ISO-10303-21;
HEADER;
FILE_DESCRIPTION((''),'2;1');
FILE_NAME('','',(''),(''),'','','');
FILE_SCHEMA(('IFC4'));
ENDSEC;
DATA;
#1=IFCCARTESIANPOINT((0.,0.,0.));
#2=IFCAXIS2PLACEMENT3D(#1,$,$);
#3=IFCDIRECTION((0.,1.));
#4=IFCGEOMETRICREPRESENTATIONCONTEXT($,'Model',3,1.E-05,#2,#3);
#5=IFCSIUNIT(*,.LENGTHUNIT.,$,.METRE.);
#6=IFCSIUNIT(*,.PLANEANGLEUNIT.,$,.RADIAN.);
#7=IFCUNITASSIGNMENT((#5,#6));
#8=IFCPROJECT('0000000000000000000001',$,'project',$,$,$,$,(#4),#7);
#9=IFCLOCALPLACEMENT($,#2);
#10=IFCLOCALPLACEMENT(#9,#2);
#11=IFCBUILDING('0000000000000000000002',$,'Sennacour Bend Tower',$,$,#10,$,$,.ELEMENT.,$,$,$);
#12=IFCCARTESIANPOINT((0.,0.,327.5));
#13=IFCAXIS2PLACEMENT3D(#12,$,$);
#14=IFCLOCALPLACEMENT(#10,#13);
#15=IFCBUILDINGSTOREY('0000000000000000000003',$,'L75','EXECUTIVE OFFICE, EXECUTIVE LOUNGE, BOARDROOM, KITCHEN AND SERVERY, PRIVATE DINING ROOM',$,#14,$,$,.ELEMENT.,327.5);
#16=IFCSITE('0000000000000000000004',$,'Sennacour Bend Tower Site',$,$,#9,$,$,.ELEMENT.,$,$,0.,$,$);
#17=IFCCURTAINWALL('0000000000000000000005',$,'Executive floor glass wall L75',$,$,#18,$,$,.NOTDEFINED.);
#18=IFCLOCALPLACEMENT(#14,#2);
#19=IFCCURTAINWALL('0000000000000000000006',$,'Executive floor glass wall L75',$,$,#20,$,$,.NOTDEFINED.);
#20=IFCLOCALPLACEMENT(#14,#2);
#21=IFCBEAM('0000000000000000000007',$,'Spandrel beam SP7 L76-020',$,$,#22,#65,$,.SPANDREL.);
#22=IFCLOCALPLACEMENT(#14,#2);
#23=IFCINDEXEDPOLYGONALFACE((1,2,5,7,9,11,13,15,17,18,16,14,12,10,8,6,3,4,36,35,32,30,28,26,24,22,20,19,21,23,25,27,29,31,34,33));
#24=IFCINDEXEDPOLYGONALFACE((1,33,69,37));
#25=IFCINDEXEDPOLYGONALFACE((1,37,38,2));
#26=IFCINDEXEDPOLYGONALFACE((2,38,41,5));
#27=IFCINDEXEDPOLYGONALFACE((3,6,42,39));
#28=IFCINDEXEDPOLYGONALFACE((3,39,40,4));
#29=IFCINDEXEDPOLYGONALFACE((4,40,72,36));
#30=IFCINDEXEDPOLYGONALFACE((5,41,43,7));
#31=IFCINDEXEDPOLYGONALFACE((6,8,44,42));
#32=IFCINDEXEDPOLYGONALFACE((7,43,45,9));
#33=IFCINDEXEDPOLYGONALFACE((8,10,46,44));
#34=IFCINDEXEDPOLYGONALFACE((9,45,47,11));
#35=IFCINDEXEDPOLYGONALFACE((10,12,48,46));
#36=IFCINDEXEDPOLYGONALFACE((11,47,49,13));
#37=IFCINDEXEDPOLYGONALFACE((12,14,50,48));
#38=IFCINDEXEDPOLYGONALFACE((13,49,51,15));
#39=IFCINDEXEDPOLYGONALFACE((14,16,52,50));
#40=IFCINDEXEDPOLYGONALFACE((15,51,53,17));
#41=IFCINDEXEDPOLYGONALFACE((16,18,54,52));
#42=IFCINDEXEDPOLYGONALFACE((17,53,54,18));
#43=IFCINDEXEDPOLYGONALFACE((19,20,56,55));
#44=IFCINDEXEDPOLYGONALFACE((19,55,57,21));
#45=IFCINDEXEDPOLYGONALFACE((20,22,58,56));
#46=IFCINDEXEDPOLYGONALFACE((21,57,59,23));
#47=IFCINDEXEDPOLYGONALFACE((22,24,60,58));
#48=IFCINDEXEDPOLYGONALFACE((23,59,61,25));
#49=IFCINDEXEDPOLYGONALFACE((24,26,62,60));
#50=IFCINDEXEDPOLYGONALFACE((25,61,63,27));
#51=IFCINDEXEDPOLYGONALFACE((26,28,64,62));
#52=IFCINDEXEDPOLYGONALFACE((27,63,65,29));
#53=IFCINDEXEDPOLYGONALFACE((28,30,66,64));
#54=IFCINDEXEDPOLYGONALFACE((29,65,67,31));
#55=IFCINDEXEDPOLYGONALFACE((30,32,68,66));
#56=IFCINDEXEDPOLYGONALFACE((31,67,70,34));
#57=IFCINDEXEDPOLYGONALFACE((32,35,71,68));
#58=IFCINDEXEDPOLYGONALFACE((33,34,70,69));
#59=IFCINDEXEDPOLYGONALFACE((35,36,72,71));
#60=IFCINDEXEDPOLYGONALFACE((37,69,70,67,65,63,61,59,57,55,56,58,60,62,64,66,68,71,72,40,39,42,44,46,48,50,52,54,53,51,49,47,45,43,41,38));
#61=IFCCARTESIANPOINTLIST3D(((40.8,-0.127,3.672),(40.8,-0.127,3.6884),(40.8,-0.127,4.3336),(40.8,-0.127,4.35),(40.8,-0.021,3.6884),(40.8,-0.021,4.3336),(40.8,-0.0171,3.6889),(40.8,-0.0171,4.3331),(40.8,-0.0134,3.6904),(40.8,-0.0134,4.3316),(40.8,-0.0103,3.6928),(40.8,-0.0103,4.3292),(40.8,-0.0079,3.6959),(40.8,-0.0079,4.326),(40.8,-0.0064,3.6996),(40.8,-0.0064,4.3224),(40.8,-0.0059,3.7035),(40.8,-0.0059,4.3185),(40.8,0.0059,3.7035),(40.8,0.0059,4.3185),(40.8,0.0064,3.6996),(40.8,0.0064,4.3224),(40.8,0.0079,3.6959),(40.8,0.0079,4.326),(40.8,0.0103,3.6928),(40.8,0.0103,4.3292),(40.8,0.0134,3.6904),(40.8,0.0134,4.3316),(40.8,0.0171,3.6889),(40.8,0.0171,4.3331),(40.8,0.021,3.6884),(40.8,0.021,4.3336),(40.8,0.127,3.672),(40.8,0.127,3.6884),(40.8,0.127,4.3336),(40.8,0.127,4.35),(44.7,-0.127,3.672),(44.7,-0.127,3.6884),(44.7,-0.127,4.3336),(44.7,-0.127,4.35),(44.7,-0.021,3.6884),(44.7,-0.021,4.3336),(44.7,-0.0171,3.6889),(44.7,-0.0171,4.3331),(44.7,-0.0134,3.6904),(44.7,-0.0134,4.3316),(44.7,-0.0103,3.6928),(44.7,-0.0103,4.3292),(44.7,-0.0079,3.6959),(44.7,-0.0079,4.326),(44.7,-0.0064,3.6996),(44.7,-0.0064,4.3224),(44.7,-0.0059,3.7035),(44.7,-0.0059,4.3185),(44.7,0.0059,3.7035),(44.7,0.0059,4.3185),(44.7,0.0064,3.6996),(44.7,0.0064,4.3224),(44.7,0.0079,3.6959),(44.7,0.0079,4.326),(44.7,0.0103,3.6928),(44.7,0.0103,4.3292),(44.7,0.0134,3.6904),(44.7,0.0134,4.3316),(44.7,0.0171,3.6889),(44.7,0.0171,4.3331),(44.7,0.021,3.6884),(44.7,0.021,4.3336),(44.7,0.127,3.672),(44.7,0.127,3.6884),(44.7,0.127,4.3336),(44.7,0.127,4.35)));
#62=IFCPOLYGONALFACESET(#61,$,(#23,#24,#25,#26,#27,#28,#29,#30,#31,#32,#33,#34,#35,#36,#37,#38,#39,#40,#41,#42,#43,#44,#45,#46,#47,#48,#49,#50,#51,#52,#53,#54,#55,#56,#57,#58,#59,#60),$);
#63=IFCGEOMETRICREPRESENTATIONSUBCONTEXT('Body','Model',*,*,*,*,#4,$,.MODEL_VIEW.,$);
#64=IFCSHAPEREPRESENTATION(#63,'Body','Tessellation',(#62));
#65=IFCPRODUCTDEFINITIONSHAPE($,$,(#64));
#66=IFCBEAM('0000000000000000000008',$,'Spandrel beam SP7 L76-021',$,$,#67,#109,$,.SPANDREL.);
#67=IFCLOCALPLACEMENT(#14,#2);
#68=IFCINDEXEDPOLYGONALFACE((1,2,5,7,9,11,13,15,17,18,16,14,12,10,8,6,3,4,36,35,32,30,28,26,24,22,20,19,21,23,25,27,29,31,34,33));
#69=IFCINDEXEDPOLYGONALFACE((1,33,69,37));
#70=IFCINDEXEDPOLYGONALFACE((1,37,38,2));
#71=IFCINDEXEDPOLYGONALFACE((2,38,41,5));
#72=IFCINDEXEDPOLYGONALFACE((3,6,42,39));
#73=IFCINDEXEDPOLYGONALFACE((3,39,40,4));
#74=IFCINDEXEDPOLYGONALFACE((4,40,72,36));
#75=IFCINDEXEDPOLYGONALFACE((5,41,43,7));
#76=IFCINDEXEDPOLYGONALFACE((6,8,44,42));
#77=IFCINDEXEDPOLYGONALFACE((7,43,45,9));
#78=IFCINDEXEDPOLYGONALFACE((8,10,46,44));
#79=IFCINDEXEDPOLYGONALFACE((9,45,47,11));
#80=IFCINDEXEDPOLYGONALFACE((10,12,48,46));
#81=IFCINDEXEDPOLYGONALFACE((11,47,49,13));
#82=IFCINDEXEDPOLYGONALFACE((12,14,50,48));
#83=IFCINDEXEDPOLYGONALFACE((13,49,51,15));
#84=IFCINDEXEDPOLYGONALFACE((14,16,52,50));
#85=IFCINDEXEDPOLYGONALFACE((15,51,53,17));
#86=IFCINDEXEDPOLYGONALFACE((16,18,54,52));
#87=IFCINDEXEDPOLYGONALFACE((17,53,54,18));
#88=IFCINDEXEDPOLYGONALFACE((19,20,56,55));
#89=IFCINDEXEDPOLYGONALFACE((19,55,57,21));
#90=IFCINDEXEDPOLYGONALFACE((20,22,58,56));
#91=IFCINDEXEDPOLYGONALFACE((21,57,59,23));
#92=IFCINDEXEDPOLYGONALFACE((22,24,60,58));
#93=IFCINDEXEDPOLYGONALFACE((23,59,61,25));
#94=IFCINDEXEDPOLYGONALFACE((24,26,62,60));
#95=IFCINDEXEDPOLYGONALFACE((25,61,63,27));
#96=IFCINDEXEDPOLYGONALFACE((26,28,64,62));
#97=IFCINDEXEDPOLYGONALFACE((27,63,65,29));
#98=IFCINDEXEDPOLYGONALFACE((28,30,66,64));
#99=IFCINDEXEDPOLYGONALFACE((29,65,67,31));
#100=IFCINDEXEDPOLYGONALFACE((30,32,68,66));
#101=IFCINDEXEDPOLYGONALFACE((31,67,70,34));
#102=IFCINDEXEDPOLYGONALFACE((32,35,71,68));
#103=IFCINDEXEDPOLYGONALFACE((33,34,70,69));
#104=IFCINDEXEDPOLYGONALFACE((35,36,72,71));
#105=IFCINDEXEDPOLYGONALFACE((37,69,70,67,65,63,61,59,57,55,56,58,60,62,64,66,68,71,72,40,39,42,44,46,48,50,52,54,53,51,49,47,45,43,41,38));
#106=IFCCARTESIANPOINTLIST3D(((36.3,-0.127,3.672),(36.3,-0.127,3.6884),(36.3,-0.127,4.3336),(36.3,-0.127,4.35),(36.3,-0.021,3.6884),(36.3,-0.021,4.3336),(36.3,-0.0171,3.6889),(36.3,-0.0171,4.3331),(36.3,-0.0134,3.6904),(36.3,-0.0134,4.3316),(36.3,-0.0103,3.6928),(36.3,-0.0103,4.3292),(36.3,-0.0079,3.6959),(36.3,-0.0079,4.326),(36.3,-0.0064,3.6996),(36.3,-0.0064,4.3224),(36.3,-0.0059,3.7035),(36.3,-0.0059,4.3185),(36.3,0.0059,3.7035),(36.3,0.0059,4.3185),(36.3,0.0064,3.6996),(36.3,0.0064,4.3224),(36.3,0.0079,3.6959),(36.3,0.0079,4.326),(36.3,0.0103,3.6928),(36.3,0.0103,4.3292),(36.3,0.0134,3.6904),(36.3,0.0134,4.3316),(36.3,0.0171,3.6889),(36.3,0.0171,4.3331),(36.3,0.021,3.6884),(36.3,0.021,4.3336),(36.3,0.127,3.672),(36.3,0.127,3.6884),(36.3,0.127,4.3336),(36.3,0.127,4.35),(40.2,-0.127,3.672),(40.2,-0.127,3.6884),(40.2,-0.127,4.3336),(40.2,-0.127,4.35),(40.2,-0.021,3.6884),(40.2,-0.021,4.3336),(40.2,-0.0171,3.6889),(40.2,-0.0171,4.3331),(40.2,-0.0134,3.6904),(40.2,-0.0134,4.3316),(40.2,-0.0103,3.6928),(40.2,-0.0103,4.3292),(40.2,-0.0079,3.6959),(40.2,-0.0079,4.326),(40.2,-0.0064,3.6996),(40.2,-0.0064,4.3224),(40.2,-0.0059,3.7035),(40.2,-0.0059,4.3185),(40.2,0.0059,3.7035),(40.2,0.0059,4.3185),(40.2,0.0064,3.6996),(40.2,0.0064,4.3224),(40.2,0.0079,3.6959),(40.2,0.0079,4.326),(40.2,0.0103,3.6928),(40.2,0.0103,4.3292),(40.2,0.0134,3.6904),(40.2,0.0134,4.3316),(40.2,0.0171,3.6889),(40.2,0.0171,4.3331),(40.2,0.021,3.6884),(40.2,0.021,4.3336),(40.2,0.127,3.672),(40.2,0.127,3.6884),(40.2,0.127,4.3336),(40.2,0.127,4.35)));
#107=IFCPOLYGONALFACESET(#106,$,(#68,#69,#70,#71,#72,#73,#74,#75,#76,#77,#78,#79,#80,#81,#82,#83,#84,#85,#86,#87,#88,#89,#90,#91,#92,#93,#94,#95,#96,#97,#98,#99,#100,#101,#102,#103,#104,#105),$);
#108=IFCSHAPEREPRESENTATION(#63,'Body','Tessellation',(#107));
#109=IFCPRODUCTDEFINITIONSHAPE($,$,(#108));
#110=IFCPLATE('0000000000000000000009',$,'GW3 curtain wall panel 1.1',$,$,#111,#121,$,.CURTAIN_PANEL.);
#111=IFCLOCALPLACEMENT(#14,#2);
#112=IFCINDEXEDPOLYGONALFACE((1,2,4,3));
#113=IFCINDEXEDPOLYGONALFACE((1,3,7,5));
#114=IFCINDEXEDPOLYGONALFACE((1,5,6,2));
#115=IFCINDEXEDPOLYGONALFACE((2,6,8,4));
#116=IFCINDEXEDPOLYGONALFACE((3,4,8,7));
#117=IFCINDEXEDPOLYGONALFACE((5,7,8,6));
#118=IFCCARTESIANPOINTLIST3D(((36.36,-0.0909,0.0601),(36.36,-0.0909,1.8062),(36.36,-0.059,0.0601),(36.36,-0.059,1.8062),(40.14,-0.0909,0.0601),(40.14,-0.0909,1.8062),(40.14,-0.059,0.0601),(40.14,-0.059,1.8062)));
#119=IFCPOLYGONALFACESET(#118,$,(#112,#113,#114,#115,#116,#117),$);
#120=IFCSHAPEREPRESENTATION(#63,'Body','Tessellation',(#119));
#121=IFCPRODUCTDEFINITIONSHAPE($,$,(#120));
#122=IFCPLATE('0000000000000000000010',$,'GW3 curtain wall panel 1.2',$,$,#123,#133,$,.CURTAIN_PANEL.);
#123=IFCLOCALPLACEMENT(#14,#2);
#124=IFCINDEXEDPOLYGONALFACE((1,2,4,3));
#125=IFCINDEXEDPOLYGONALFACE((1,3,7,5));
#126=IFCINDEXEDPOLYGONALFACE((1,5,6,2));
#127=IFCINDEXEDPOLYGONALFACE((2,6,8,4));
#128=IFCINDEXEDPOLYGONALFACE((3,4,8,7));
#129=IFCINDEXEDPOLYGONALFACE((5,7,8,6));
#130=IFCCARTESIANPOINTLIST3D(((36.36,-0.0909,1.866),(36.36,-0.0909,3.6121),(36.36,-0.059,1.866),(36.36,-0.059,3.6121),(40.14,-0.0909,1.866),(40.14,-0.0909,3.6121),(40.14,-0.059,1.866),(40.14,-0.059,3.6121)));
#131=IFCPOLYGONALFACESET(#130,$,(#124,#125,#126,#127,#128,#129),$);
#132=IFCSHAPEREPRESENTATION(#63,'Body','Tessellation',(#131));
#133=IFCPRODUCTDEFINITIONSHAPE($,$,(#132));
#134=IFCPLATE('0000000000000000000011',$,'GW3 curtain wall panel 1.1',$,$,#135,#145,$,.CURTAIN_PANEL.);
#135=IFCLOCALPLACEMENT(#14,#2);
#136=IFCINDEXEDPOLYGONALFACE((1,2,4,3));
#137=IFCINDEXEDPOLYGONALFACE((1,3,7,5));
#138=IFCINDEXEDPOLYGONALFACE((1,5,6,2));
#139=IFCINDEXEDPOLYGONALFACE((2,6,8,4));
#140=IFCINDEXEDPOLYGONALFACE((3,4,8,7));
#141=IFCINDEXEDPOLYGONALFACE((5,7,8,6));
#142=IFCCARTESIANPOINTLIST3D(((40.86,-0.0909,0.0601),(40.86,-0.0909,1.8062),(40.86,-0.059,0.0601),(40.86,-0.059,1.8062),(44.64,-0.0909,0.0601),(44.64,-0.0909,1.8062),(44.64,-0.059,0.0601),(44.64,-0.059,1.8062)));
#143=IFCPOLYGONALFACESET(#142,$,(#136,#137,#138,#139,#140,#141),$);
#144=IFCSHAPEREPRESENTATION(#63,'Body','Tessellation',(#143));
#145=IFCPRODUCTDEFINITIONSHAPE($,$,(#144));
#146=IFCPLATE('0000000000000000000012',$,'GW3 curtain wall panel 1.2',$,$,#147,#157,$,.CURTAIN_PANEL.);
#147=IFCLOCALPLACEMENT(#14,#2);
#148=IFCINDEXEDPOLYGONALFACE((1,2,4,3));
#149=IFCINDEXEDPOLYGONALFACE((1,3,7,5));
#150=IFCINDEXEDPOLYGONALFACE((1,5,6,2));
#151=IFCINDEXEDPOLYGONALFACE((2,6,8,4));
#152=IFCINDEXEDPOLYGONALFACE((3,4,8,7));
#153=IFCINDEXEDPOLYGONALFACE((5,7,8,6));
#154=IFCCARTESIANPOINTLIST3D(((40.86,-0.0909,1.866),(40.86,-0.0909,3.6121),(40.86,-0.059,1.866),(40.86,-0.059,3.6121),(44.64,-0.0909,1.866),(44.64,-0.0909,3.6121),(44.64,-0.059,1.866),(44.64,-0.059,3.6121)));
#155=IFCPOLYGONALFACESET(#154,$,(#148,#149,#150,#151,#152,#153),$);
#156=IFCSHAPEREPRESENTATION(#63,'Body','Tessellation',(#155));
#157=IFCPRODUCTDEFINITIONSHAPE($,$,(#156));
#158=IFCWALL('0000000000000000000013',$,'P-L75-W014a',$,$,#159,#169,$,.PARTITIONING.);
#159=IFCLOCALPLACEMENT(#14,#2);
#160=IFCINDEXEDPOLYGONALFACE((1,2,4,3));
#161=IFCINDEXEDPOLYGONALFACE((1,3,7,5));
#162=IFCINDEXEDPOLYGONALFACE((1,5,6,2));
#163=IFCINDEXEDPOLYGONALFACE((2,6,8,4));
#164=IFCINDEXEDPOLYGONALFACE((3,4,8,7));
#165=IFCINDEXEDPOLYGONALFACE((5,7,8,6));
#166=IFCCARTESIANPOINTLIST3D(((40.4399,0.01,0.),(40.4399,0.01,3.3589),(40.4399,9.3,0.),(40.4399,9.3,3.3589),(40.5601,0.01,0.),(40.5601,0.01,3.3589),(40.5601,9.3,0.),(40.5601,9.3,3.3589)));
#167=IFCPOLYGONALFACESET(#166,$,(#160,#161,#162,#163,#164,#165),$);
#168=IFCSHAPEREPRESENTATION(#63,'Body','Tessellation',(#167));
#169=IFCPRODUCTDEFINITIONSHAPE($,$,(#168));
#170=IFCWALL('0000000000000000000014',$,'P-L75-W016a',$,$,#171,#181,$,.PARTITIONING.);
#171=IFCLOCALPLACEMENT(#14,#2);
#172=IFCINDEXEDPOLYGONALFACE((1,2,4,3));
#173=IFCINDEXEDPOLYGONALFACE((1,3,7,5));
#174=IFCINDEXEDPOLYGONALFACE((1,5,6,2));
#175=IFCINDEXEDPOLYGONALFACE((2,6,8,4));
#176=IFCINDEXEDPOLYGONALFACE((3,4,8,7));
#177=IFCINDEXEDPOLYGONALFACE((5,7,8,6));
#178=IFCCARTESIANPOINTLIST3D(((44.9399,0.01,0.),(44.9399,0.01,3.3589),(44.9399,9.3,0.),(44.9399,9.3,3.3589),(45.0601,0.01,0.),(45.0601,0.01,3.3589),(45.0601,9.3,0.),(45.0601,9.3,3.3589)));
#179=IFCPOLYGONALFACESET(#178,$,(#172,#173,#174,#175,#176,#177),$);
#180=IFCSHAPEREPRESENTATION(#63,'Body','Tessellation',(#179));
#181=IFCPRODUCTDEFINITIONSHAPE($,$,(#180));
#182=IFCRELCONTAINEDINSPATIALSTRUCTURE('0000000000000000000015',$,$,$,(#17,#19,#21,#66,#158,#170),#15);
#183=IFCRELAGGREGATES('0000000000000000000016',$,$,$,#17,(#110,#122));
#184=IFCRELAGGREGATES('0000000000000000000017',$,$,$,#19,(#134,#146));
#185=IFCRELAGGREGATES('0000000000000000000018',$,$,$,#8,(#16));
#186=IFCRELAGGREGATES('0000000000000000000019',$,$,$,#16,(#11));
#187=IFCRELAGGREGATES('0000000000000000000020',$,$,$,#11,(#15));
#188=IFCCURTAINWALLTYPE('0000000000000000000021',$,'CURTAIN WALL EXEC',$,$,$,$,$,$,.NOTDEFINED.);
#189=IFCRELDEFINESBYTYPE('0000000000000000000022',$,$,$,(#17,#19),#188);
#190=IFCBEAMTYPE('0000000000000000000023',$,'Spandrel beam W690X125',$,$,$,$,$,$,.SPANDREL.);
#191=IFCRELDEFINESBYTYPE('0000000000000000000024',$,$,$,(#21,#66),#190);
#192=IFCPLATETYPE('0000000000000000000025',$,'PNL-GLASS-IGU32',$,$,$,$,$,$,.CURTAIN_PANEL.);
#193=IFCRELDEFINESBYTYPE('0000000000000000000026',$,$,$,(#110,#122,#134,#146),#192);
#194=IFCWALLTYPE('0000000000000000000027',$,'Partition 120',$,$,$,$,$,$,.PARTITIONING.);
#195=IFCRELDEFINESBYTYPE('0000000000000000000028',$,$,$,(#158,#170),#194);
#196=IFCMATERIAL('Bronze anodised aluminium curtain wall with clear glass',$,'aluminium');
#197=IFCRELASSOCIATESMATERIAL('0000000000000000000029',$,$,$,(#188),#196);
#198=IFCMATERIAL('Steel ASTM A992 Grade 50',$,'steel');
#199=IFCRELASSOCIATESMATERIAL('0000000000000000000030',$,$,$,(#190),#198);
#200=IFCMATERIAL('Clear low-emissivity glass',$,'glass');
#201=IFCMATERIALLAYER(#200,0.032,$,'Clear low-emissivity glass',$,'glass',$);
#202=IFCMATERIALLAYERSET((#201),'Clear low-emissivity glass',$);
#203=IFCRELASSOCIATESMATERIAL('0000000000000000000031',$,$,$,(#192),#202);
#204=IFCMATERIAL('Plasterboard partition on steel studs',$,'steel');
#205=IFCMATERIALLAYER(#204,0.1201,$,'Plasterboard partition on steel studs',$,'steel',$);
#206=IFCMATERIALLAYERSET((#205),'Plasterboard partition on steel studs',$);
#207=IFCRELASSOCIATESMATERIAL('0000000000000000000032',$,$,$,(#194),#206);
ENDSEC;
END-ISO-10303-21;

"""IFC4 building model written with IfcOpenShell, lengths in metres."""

from ifc_helpers import new_model, si_unit, direction, frame, frame_2d, origin, origin_2d, place, context, subcontext, project, spatial, rectangle, i_section, extrude, material, layer, layer_set, material_profile, profile_set, type_object, element, aggregate, save


model = new_model("IFC4")

# Units and contexts
model_context = context("Model", 3, precision=1e-05, world=origin(), true_north=direction((0.0, 1.0)))
body_context = subcontext(model_context, "Body", "Model", "MODEL_VIEW")
ifc_project = project(units=[si_unit("LENGTHUNIT", "METRE"), si_unit("PLANEANGLEUNIT", "RADIAN")], contexts=[model_context])

# Site, building, storey
site_placement = place(None, origin())
site = spatial("IfcSite", under=ifc_project, at=site_placement, Name="Sennacour Bend Tower Site", CompositionType="ELEMENT", RefElevation=0.0)
building_placement = place(site_placement, origin())
building = spatial("IfcBuilding", under=site, at=building_placement, Name="Sennacour Bend Tower", CompositionType="ELEMENT")
storey_placement = place(building_placement, frame((0.0, 0.0, 327.5)))
storey = spatial("IfcBuildingStorey", under=building, at=storey_placement, Name="L75", Description="EXECUTIVE OFFICE, EXECUTIVE LOUNGE, BOARDROOM, KITCHEN AND SERVERY, PRIVATE DINING ROOM", CompositionType="ELEMENT", Elevation=327.5)

# Curtain wall
ifc_material_1 = material(Name="Bronze anodised aluminium curtain wall with clear glass", Category="aluminium")
curtain_wall_type = type_object("IfcCurtainWallType", Name="CURTAIN WALL EXEC", PredefinedType="NOTDEFINED", material=ifc_material_1)
curtain_wall_1_placement = place(storey_placement, origin())
curtain_wall_1 = element("IfcCurtainWall", 1, at=curtain_wall_1_placement, inside=storey, type_object=curtain_wall_type, Name="Executive floor glass wall L75", PredefinedType="NOTDEFINED")

# Curtain wall
curtain_wall_2_placement = place(storey_placement, origin())
curtain_wall_2 = element("IfcCurtainWall", 2, at=curtain_wall_2_placement, inside=storey, type_object=curtain_wall_type, Name="Executive floor glass wall L75", PredefinedType="NOTDEFINED")

# Beams
ifc_material_2 = material(Name="Steel ASTM A992 Grade 50", Category="steel")
ifc_material_profile_1 = material_profile(ifc_material_2, i_section(OverallWidth=0.2539, OverallDepth=0.678, WebThickness=0.0117, FlangeThickness=0.0164, FilletRadius=0.0151, at=origin_2d()), Name="Steel ASTM A992 Grade 50", Category="steel")
ifc_profile_set_1 = profile_set([ifc_material_profile_1], Name="Steel ASTM A992 Grade 50")
beam_type_1 = type_object("IfcBeamType", Name="Spandrel beam W690X125", PredefinedType="SPANDREL", material=ifc_profile_set_1)
for number, where, z_axis, x_axis, name in (
    (3, (44.7, 0.0, 4.011), (-1.0, 0.0, 0.0), (0.0, -1.0, 0.0), "Spandrel beam SP7 L76-020"),
    (4, (40.2, 0.0, 4.011), (-1.0, 0.0, 0.0), (0.0, -1.0, 0.0), "Spandrel beam SP7 L76-021"),
):
    element("IfcBeam", number, at=place(storey_placement, frame(where, z_axis=z_axis, x_axis=x_axis)), inside=storey, type_object=beam_type_1, Name=name, PredefinedType="SPANDREL", context=body_context, shape_type="SweptSolid", body=[
        extrude(i_section(OverallWidth=0.2539, OverallDepth=0.678, WebThickness=0.0117, FlangeThickness=0.0164, FilletRadius=0.0151, at=origin_2d()), origin(), (0.0, 0.0, 1.0), 3.8999),
    ])

# Plates
ifc_material_3 = material(Name="Clear low-emissivity glass", Category="glass")
ifc_layer_1 = layer(ifc_material_3, 0.032, Name="Clear low-emissivity glass", Category="glass")
ifc_layer_set_1 = layer_set([ifc_layer_1], Name="Clear low-emissivity glass")
plate_type = type_object("IfcPlateType", Name="PNL-GLASS-IGU32", PredefinedType="CURTAIN_PANEL", material=ifc_layer_set_1)
plate_1_placement = place(storey_placement, frame((38.25, -0.075, 0.0601), z_axis=(0.0, 0.0, 1.0), x_axis=(1.0, 0.0, 0.0)))
plate_1 = element("IfcPlate", 5, at=plate_1_placement, type_object=plate_type, Name="GW3 curtain wall panel 1.1", PredefinedType="CURTAIN_PANEL", context=body_context, shape_type="SweptSolid", body=[
    extrude(rectangle(XDim=3.78, YDim=0.032, at=origin_2d()), origin(), (0.0, 0.0, 1.0), 1.7461),
])
plate_2_placement = place(storey_placement, frame((38.25, -0.075, 1.866), z_axis=(0.0, 0.0, 1.0), x_axis=(1.0, 0.0, 0.0)))
plate_2 = element("IfcPlate", 6, at=plate_2_placement, type_object=plate_type, Name="GW3 curtain wall panel 1.2", PredefinedType="CURTAIN_PANEL", context=body_context, shape_type="SweptSolid", body=[
    extrude(rectangle(XDim=3.78, YDim=0.032, at=origin_2d()), origin(), (0.0, 0.0, 1.0), 1.7461),
])
aggregate(curtain_wall_1, [plate_1, plate_2])
plate_3_placement = place(storey_placement, frame((42.75, -0.075, 0.0601), z_axis=(0.0, 0.0, 1.0), x_axis=(1.0, 0.0, 0.0)))
plate_3 = element("IfcPlate", 7, at=plate_3_placement, type_object=plate_type, Name="GW3 curtain wall panel 1.1", PredefinedType="CURTAIN_PANEL", context=body_context, shape_type="SweptSolid", body=[
    extrude(rectangle(XDim=3.78, YDim=0.032, at=origin_2d()), origin(), (0.0, 0.0, 1.0), 1.7461),
])
plate_4_placement = place(storey_placement, frame((42.75, -0.075, 1.866), z_axis=(0.0, 0.0, 1.0), x_axis=(1.0, 0.0, 0.0)))
plate_4 = element("IfcPlate", 8, at=plate_4_placement, type_object=plate_type, Name="GW3 curtain wall panel 1.2", PredefinedType="CURTAIN_PANEL", context=body_context, shape_type="SweptSolid", body=[
    extrude(rectangle(XDim=3.78, YDim=0.032, at=origin_2d()), origin(), (0.0, 0.0, 1.0), 1.7461),
])
aggregate(curtain_wall_2, [plate_3, plate_4])

# Walls
ifc_material_4 = material(Name="Plasterboard partition on steel studs", Category="steel")
ifc_layer_2 = layer(ifc_material_4, 0.1201, Name="Plasterboard partition on steel studs", Category="steel")
ifc_layer_set_2 = layer_set([ifc_layer_2], Name="Plasterboard partition on steel studs")
wall_type = type_object("IfcWallType", Name="Partition 120", PredefinedType="PARTITIONING", material=ifc_layer_set_2)
for number, where, z_axis, x_axis, name in (
    (9, (40.5, 0.01, 0.0), (0.0, 0.0, 1.0), (0.0, 1.0, 0.0), "P-L75-W014a"),
    (10, (45.0, 0.01, 0.0), (0.0, 0.0, 1.0), (0.0, 1.0, 0.0), "P-L75-W016a"),
):
    element("IfcWall", number, at=place(storey_placement, frame(where, z_axis=z_axis, x_axis=x_axis)), inside=storey, type_object=wall_type, Name=name, PredefinedType="PARTITIONING", context=body_context, shape_type="SweptSolid", body=[
        extrude(rectangle(XDim=9.29, YDim=0.1201, at=frame_2d((4.645, 0.0))), origin(), (0.0, 0.0, 1.0), 3.3589),
    ])

save(model, "model.ifc")
